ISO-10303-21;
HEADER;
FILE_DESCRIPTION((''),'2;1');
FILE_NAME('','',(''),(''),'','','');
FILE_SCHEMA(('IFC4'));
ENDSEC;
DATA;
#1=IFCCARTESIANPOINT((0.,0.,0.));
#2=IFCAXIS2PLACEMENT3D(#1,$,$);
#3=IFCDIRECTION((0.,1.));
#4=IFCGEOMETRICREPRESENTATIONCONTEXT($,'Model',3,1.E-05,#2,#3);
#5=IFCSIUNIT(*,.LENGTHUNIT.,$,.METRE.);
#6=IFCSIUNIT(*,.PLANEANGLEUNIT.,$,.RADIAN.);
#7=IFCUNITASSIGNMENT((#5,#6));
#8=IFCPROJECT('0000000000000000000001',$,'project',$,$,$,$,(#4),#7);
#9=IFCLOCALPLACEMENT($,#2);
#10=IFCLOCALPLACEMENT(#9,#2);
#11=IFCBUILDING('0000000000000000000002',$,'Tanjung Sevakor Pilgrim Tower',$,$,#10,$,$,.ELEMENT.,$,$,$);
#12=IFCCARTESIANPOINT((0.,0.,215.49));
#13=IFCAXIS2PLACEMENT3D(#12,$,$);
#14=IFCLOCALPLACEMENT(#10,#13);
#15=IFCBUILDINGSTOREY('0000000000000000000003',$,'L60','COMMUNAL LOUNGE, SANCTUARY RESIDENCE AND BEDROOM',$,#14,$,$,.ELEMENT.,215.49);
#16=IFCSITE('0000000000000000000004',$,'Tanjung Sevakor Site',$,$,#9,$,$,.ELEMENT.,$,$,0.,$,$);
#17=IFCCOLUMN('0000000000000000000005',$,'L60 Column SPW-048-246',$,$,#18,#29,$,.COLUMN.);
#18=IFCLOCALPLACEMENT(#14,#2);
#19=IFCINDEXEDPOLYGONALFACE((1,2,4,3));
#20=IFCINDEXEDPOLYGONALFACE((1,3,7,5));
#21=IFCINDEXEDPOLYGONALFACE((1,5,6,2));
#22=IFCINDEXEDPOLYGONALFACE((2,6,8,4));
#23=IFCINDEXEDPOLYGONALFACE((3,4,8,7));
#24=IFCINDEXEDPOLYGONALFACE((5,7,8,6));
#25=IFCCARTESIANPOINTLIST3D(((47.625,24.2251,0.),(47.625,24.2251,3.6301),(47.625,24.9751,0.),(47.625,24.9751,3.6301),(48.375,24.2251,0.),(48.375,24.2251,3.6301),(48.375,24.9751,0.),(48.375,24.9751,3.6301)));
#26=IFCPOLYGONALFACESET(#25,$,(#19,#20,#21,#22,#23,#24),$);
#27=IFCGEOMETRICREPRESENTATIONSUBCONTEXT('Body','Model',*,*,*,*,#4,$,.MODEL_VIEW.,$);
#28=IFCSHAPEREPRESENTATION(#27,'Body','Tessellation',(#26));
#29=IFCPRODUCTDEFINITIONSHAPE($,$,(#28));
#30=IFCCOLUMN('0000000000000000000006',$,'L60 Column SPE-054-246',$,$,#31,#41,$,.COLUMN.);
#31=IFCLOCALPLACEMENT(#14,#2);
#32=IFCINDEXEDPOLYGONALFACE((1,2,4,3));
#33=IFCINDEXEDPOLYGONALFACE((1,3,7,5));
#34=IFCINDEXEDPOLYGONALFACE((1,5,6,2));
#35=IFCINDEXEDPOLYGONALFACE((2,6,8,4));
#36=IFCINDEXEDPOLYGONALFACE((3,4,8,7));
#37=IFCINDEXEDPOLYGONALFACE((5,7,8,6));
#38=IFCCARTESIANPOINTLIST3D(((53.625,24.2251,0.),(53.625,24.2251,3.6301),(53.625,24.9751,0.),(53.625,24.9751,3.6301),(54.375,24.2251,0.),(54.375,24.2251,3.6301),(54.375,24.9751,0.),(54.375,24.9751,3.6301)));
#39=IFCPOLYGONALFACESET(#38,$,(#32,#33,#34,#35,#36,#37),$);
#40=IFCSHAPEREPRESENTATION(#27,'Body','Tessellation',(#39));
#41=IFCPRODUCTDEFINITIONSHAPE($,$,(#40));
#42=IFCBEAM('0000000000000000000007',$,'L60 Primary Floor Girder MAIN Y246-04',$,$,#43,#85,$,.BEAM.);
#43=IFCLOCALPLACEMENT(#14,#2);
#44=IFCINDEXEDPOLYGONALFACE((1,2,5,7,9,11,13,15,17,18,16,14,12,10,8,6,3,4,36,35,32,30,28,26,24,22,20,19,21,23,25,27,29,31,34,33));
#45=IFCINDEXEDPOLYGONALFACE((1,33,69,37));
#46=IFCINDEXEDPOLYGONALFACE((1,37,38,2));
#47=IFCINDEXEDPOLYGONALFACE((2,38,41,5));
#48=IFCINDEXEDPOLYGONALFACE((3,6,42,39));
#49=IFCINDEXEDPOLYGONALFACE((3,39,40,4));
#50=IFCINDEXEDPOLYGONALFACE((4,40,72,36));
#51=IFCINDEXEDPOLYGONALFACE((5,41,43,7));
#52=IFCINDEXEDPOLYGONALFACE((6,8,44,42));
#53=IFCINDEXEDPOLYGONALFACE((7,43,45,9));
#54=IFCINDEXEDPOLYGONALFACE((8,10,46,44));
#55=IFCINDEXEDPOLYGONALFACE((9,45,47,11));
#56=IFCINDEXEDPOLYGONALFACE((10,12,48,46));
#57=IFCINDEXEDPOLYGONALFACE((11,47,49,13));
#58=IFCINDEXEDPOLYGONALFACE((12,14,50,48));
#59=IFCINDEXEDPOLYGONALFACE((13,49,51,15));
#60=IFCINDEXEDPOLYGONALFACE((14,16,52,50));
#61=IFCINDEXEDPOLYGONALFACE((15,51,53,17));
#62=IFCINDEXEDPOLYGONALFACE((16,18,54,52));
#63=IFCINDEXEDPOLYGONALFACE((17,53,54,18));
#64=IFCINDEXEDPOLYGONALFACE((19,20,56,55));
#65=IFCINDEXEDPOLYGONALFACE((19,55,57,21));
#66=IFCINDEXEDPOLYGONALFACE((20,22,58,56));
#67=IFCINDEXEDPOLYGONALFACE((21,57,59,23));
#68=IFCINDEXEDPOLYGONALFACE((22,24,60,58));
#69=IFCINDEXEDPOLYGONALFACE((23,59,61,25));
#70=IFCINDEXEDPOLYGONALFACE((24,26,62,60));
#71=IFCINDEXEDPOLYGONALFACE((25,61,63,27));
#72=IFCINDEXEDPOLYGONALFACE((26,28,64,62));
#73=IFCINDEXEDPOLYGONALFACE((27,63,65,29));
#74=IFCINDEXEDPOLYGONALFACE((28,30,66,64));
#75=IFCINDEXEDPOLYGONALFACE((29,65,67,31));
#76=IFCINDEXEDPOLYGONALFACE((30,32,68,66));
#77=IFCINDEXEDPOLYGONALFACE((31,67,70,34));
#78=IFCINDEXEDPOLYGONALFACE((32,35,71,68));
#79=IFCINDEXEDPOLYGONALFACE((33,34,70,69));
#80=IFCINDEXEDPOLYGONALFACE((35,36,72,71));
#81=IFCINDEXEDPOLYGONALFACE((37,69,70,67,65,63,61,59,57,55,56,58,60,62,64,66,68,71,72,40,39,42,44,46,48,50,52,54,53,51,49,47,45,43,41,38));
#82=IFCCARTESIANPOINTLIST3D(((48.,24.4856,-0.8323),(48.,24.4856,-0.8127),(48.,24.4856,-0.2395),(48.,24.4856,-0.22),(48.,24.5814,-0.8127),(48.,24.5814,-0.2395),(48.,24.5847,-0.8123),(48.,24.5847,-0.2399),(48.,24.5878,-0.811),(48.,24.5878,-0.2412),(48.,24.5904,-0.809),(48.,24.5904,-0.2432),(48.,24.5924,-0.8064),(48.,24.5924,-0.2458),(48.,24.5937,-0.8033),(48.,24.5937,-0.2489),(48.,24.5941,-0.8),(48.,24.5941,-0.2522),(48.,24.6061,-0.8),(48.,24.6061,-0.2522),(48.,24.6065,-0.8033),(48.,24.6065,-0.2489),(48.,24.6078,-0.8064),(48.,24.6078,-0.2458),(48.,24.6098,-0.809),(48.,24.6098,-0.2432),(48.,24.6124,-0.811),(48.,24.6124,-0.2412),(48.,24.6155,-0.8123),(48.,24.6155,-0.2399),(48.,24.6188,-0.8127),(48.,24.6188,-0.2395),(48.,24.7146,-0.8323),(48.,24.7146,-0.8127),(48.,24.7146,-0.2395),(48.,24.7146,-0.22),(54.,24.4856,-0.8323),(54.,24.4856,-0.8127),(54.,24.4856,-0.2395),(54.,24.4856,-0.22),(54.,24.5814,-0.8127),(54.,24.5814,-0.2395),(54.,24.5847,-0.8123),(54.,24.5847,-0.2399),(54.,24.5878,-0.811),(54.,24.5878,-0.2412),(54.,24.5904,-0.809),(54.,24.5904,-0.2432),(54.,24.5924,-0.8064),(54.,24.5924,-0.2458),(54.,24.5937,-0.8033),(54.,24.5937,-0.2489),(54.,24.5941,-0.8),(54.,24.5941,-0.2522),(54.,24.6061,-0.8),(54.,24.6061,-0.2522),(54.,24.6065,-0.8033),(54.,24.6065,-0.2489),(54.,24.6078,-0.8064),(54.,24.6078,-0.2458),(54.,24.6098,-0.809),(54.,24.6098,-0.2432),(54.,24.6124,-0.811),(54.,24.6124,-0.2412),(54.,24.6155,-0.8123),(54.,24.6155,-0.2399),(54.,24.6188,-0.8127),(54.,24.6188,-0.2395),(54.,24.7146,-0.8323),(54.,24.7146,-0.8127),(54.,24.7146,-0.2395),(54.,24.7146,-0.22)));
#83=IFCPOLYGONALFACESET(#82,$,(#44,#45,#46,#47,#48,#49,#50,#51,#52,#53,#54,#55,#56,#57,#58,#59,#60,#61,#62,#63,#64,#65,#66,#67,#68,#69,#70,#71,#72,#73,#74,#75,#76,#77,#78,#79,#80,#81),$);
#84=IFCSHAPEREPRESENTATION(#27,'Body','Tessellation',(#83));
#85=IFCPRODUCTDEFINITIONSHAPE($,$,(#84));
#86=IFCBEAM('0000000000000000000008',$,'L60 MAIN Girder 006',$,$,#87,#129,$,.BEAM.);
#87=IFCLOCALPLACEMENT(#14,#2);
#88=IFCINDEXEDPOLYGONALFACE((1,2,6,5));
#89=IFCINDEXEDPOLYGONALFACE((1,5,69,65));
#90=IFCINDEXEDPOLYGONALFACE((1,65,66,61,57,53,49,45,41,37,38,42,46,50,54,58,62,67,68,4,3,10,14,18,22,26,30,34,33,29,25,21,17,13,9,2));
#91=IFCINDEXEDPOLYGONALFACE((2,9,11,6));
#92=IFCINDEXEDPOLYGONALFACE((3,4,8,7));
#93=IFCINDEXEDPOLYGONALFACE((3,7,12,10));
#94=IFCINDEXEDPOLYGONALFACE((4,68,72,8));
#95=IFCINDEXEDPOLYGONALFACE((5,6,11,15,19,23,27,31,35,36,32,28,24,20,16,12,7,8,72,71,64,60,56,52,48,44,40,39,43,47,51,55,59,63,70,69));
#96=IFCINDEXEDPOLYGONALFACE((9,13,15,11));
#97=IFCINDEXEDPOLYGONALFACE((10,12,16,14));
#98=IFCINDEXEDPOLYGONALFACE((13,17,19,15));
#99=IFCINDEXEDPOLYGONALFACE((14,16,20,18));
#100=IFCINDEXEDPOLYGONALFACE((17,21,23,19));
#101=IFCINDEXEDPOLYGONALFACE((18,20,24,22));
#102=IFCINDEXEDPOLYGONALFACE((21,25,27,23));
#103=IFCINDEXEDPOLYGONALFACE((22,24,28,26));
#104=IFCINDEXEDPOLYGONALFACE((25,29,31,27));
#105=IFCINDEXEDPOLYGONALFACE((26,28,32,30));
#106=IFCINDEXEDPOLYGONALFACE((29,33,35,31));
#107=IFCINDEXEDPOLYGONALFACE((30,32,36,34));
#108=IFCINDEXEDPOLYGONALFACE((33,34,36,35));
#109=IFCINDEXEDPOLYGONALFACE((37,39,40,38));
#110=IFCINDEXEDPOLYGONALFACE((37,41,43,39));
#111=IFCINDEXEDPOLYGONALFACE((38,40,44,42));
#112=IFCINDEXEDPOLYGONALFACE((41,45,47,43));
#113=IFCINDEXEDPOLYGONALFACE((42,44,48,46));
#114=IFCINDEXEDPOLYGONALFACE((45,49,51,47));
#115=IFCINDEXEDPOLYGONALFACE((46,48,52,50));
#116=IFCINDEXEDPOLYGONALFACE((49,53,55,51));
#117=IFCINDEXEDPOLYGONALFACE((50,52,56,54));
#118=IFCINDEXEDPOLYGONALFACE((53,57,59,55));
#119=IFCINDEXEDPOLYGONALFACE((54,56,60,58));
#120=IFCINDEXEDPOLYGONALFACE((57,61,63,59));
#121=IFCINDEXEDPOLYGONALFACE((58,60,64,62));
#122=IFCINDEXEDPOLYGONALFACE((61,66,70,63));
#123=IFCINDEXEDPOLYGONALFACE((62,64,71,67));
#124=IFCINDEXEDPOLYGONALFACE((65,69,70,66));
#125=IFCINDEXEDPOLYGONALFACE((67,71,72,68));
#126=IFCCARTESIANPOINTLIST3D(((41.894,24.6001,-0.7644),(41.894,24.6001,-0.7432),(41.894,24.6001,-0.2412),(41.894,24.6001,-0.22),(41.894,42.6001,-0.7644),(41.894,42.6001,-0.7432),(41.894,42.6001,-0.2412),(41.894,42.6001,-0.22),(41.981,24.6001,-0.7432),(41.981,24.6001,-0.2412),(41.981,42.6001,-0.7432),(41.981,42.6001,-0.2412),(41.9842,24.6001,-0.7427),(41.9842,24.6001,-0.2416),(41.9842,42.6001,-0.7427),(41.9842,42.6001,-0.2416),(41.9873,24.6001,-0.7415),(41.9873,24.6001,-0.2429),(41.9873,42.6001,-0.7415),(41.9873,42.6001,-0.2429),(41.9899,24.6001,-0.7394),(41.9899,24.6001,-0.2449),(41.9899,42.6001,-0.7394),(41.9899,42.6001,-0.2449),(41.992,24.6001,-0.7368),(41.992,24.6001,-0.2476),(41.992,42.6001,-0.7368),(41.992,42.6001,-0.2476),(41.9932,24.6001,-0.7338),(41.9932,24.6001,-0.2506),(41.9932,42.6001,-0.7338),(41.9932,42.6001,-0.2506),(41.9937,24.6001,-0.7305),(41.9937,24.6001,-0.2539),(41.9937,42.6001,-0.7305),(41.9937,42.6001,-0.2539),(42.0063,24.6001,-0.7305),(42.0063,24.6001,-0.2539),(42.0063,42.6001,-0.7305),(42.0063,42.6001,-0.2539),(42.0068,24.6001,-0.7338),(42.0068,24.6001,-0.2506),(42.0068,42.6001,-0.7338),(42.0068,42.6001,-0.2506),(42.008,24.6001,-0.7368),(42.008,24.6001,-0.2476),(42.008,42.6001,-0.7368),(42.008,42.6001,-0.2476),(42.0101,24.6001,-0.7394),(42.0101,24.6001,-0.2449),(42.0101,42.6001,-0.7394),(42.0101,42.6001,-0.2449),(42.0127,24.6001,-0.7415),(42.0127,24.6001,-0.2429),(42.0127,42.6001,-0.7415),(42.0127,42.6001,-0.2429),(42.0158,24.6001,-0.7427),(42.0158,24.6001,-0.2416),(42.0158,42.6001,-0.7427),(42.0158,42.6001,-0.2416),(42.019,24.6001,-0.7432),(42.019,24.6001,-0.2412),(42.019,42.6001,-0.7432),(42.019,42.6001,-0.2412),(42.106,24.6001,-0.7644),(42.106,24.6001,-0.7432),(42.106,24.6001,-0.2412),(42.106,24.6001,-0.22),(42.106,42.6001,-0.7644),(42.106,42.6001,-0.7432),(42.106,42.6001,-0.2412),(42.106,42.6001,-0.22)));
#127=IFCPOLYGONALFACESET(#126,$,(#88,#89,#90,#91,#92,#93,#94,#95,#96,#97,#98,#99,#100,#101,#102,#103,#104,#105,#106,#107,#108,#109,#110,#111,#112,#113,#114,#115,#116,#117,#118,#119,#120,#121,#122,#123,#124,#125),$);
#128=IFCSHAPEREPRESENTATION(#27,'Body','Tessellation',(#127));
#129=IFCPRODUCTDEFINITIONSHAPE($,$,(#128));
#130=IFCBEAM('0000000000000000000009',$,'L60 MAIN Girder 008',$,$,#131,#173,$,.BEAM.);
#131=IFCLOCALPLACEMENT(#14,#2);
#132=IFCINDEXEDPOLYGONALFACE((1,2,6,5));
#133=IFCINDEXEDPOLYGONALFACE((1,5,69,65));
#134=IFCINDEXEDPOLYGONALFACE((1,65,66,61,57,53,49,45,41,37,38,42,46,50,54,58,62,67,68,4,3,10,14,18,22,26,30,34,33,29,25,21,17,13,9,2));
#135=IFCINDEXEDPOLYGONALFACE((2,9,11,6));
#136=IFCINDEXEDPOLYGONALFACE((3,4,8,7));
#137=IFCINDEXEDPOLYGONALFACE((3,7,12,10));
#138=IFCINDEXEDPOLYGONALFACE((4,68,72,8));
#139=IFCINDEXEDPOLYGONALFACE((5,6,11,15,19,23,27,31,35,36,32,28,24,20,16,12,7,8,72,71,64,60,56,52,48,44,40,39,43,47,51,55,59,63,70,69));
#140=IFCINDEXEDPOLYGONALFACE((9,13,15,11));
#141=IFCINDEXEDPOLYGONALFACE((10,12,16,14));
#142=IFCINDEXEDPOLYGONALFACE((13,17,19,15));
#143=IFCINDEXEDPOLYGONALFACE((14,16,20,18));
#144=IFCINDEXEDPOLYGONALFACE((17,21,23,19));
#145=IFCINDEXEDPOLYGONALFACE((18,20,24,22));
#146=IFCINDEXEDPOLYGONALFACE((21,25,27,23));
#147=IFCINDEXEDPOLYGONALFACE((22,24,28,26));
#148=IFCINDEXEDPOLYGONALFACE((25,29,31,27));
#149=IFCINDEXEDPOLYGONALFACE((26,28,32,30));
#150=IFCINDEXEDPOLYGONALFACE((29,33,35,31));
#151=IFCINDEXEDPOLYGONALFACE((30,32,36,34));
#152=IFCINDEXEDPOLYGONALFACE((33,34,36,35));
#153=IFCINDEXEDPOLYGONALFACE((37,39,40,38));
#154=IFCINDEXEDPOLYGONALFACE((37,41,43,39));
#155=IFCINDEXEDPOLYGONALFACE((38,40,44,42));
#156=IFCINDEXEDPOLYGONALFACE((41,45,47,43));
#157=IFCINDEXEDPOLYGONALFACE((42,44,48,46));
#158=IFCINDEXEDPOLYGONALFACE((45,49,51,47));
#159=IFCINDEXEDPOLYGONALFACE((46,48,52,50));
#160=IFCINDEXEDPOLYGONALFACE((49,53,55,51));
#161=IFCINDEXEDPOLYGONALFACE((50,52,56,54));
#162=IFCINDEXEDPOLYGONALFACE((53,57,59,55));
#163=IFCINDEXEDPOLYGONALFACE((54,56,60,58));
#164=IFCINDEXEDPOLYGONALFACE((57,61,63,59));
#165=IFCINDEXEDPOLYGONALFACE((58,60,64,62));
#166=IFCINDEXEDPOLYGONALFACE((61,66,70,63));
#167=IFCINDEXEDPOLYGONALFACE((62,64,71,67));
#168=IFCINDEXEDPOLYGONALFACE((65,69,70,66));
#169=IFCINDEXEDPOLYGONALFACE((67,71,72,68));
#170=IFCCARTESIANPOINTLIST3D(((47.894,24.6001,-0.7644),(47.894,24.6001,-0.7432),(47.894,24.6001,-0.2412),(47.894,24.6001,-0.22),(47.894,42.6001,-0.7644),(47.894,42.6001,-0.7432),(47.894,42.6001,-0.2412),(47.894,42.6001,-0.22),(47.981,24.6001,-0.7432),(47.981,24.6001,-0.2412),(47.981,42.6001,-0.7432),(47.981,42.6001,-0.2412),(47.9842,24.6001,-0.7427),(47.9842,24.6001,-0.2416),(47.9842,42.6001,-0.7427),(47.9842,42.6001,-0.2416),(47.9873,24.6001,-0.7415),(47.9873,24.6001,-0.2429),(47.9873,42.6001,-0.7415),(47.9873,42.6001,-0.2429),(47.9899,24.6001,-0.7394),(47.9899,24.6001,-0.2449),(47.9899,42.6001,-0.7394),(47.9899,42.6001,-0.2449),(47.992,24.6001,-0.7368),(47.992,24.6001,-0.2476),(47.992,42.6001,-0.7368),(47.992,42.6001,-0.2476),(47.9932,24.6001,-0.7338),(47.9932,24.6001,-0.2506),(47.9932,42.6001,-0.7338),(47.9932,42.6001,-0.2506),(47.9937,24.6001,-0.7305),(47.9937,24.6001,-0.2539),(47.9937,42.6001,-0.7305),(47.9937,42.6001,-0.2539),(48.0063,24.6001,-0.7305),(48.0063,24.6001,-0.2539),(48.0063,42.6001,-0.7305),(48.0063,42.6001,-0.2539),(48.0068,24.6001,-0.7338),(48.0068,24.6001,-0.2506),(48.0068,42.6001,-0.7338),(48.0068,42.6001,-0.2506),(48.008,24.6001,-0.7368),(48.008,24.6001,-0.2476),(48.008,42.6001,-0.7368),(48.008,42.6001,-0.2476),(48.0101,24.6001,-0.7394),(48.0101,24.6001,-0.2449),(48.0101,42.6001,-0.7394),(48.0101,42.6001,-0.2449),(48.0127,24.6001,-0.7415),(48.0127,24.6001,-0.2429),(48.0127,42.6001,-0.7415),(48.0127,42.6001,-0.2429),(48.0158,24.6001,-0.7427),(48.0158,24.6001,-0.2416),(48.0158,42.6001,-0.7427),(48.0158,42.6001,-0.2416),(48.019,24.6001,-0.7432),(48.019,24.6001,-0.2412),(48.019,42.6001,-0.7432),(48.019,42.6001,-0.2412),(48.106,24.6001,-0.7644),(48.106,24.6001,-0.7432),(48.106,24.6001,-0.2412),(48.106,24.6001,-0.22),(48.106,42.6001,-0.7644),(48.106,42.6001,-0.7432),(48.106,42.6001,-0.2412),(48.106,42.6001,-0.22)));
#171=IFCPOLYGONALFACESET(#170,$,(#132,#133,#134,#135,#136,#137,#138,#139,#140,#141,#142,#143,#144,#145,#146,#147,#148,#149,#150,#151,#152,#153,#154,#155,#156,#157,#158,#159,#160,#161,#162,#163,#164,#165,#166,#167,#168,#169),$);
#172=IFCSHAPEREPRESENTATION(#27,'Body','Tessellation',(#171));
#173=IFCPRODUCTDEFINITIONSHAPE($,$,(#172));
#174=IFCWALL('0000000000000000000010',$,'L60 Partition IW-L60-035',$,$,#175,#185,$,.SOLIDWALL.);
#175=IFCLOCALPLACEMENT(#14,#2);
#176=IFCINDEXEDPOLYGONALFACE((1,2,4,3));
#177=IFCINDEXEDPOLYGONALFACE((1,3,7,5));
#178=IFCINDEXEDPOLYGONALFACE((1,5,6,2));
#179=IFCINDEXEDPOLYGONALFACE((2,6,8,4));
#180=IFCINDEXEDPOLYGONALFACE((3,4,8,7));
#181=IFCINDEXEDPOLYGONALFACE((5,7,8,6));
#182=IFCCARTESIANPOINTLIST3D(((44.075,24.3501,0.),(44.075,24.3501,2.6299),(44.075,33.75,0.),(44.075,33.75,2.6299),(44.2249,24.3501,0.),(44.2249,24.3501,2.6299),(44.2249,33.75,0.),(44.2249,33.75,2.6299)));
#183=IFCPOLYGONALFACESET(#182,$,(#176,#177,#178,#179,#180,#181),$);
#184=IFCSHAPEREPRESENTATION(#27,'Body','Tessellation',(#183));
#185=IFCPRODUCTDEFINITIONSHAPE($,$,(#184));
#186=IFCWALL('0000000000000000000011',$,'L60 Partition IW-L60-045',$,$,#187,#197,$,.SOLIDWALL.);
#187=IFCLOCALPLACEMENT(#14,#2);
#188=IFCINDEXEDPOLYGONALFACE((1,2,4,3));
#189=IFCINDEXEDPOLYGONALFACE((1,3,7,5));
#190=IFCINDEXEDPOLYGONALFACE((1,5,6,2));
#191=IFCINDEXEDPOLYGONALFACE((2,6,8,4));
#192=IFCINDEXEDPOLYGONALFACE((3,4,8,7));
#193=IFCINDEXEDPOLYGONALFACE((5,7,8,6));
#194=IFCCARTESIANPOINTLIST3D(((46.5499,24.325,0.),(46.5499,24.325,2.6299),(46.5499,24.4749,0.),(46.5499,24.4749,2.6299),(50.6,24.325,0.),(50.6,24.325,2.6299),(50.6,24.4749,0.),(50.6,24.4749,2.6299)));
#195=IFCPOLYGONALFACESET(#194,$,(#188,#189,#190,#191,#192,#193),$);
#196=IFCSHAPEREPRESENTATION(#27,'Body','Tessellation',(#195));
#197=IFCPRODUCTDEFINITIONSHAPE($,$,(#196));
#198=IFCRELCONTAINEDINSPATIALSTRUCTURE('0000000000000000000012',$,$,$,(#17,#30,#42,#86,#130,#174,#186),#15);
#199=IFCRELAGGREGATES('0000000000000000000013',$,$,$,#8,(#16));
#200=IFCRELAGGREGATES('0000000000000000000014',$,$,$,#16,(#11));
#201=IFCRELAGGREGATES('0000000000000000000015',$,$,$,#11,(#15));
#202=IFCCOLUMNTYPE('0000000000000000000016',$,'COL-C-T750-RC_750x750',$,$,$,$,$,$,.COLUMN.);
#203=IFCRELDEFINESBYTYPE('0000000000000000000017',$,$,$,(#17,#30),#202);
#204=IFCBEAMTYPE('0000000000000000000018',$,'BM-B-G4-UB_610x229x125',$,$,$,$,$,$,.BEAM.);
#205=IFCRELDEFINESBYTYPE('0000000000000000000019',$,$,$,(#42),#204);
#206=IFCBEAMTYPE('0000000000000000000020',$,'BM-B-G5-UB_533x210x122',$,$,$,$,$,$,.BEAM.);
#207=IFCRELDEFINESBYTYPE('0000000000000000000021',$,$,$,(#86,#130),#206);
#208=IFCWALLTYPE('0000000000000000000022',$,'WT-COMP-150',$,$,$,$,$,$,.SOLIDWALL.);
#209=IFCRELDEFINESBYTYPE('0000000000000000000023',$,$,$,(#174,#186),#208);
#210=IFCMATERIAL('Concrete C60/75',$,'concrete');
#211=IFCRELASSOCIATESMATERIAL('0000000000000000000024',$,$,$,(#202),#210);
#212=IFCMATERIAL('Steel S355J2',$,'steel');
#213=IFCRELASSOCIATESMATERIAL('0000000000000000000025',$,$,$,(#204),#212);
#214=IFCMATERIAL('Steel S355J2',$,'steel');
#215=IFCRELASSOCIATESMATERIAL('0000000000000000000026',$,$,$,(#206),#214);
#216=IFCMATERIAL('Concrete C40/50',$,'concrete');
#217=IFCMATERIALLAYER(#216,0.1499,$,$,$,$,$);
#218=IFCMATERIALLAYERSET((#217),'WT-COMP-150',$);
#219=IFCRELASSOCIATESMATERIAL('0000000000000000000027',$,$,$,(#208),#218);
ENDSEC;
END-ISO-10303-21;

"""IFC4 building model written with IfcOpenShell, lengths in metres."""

from ifc_helpers import new_model, si_unit, direction, frame, frame_2d, origin, origin_2d, place, context, subcontext, project, spatial, rectangle, i_section, extrude, material, layer, layer_set, material_profile, profile_set, type_object, element, save


model = new_model("IFC4")

# Units and contexts
model_context = context("Model", 3, precision=1e-05, world=origin(), true_north=direction((0.0, 1.0)))
body_context = subcontext(model_context, "Body", "Model", "MODEL_VIEW")
ifc_project = project(units=[si_unit("LENGTHUNIT", "METRE"), si_unit("PLANEANGLEUNIT", "RADIAN")], contexts=[model_context])

# Site, building, storey
site_placement = place(None, origin())
site = spatial("IfcSite", under=ifc_project, at=site_placement, Name="Tanjung Sevakor Site", CompositionType="ELEMENT", RefElevation=0.0)
building_placement = place(site_placement, origin())
building = spatial("IfcBuilding", under=site, at=building_placement, Name="Tanjung Sevakor Pilgrim Tower", CompositionType="ELEMENT")
storey_placement = place(building_placement, frame((0.0, 0.0, 215.49)))
storey = spatial("IfcBuildingStorey", under=building, at=storey_placement, Name="L60", Description="COMMUNAL LOUNGE, SANCTUARY RESIDENCE AND BEDROOM", CompositionType="ELEMENT", Elevation=215.49)

# Columns
ifc_material_1 = material(Name="Concrete C60/75", Category="concrete")
ifc_material_profile_1 = material_profile(ifc_material_1, rectangle(XDim=0.75, YDim=0.75, at=origin_2d()))
ifc_profile_set_1 = profile_set([ifc_material_profile_1], Name="Concrete C60/75")
column_type = type_object("IfcColumnType", Name="COL-C-T750-RC_750x750", PredefinedType="COLUMN", material=ifc_profile_set_1)
for number, where, z_axis, x_axis, name in (
    (1, (48.0, 24.6001, 0.0), (0.0, 0.0, 1.0), (1.0, 0.0, 0.0), "L60 Column SPW-048-246"),
    (2, (54.0, 24.6001, 0.0), (0.0, 0.0, 1.0), (1.0, 0.0, 0.0), "L60 Column SPE-054-246"),
):
    element("IfcColumn", number, at=place(storey_placement, frame(where, z_axis=z_axis, x_axis=x_axis)), inside=storey, type_object=column_type, Name=name, PredefinedType="COLUMN", context=body_context, shape_type="SweptSolid", body=[
        extrude(rectangle(XDim=0.75, YDim=0.75, at=origin_2d()), origin(), (0.0, 0.0, 1.0), 3.6301),
    ])

# Beams
ifc_material_2 = material(Name="Steel S355J2", Category="steel")
ifc_material_profile_2 = material_profile(ifc_material_2, i_section(OverallWidth=0.229, OverallDepth=0.6123, WebThickness=0.012, FlangeThickness=0.0195, FilletRadius=0.0127, at=origin_2d()))
ifc_profile_set_2 = profile_set([ifc_material_profile_2], Name="Steel S355J2")
beam_type_1 = type_object("IfcBeamType", Name="BM-B-G4-UB_610x229x125", PredefinedType="BEAM", material=ifc_profile_set_2)
beam_placement = place(storey_placement, frame((48.0, 24.6001, -0.5261), z_axis=(1.0, 0.0, 0.0), x_axis=(0.0, 1.0, 0.0)))
element("IfcBeam", 3, at=beam_placement, inside=storey, type_object=beam_type_1, Name="L60 Primary Floor Girder MAIN Y246-04", PredefinedType="BEAM", context=body_context, shape_type="SweptSolid", body=[
    extrude(i_section(OverallWidth=0.229, OverallDepth=0.6123, WebThickness=0.012, FlangeThickness=0.0195, FilletRadius=0.0127, at=origin_2d()), origin(), (0.0, 0.0, 1.0), 6.0),
])
ifc_material_3 = material(Name="Steel S355J2", Category="steel")
ifc_material_profile_3 = material_profile(ifc_material_3, i_section(OverallWidth=0.2119, OverallDepth=0.5444, WebThickness=0.0127, FlangeThickness=0.0212, FilletRadius=0.0127, at=origin_2d()))
ifc_profile_set_3 = profile_set([ifc_material_profile_3], Name="Steel S355J2")
beam_type_2 = type_object("IfcBeamType", Name="BM-B-G5-UB_533x210x122", PredefinedType="BEAM", material=ifc_profile_set_3)
for number, where, z_axis, x_axis, name in (
    (4, (42.0, 24.6001, -0.4922), (0.0, 1.0, 0.0), (-1.0, 0.0, 0.0), "L60 MAIN Girder 006"),
    (5, (48.0, 24.6001, -0.4922), (0.0, 1.0, 0.0), (-1.0, 0.0, 0.0), "L60 MAIN Girder 008"),
):
    element("IfcBeam", number, at=place(storey_placement, frame(where, z_axis=z_axis, x_axis=x_axis)), inside=storey, type_object=beam_type_2, Name=name, PredefinedType="BEAM", context=body_context, shape_type="SweptSolid", body=[
        extrude(i_section(OverallWidth=0.2119, OverallDepth=0.5444, WebThickness=0.0127, FlangeThickness=0.0212, FilletRadius=0.0127, at=origin_2d()), origin(), (0.0, 0.0, 1.0), 18.0),
    ])

# Walls
ifc_material_4 = material(Name="Concrete C40/50", Category="concrete")
ifc_layer_1 = layer(ifc_material_4, 0.1499)
ifc_layer_set_1 = layer_set([ifc_layer_1], Name="WT-COMP-150")
wall_type_1 = type_object("IfcWallType", Name="WT-COMP-150", PredefinedType="SOLIDWALL", material=ifc_layer_set_1)
wall_1_placement = place(storey_placement, frame((44.1499, 24.3501, 0.0), z_axis=(0.0, 0.0, 1.0), x_axis=(0.0, 1.0, 0.0)))
element("IfcWall", 6, at=wall_1_placement, inside=storey, type_object=wall_type_1, Name="L60 Partition IW-L60-035", PredefinedType="SOLIDWALL", context=body_context, shape_type="SweptSolid", body=[
    extrude(rectangle(XDim=9.3999, YDim=0.1499, at=frame_2d((4.7, 0.0))), origin(), (0.0, 0.0, 1.0), 2.6299),
])
wall_2_placement = place(storey_placement, frame((46.55, 24.3999, 0.0), z_axis=(0.0, 0.0, 1.0), x_axis=(1.0, 0.0, 0.0)))
element("IfcWall", 7, at=wall_2_placement, inside=storey, type_object=wall_type_1, Name="L60 Partition IW-L60-045", PredefinedType="SOLIDWALL", context=body_context, shape_type="SweptSolid", body=[
    extrude(rectangle(XDim=4.05, YDim=0.1499, at=frame_2d((2.0249, 0.0))), origin(), (0.0, 0.0, 1.0), 2.6299),
])

save(model, "model.ifc")
